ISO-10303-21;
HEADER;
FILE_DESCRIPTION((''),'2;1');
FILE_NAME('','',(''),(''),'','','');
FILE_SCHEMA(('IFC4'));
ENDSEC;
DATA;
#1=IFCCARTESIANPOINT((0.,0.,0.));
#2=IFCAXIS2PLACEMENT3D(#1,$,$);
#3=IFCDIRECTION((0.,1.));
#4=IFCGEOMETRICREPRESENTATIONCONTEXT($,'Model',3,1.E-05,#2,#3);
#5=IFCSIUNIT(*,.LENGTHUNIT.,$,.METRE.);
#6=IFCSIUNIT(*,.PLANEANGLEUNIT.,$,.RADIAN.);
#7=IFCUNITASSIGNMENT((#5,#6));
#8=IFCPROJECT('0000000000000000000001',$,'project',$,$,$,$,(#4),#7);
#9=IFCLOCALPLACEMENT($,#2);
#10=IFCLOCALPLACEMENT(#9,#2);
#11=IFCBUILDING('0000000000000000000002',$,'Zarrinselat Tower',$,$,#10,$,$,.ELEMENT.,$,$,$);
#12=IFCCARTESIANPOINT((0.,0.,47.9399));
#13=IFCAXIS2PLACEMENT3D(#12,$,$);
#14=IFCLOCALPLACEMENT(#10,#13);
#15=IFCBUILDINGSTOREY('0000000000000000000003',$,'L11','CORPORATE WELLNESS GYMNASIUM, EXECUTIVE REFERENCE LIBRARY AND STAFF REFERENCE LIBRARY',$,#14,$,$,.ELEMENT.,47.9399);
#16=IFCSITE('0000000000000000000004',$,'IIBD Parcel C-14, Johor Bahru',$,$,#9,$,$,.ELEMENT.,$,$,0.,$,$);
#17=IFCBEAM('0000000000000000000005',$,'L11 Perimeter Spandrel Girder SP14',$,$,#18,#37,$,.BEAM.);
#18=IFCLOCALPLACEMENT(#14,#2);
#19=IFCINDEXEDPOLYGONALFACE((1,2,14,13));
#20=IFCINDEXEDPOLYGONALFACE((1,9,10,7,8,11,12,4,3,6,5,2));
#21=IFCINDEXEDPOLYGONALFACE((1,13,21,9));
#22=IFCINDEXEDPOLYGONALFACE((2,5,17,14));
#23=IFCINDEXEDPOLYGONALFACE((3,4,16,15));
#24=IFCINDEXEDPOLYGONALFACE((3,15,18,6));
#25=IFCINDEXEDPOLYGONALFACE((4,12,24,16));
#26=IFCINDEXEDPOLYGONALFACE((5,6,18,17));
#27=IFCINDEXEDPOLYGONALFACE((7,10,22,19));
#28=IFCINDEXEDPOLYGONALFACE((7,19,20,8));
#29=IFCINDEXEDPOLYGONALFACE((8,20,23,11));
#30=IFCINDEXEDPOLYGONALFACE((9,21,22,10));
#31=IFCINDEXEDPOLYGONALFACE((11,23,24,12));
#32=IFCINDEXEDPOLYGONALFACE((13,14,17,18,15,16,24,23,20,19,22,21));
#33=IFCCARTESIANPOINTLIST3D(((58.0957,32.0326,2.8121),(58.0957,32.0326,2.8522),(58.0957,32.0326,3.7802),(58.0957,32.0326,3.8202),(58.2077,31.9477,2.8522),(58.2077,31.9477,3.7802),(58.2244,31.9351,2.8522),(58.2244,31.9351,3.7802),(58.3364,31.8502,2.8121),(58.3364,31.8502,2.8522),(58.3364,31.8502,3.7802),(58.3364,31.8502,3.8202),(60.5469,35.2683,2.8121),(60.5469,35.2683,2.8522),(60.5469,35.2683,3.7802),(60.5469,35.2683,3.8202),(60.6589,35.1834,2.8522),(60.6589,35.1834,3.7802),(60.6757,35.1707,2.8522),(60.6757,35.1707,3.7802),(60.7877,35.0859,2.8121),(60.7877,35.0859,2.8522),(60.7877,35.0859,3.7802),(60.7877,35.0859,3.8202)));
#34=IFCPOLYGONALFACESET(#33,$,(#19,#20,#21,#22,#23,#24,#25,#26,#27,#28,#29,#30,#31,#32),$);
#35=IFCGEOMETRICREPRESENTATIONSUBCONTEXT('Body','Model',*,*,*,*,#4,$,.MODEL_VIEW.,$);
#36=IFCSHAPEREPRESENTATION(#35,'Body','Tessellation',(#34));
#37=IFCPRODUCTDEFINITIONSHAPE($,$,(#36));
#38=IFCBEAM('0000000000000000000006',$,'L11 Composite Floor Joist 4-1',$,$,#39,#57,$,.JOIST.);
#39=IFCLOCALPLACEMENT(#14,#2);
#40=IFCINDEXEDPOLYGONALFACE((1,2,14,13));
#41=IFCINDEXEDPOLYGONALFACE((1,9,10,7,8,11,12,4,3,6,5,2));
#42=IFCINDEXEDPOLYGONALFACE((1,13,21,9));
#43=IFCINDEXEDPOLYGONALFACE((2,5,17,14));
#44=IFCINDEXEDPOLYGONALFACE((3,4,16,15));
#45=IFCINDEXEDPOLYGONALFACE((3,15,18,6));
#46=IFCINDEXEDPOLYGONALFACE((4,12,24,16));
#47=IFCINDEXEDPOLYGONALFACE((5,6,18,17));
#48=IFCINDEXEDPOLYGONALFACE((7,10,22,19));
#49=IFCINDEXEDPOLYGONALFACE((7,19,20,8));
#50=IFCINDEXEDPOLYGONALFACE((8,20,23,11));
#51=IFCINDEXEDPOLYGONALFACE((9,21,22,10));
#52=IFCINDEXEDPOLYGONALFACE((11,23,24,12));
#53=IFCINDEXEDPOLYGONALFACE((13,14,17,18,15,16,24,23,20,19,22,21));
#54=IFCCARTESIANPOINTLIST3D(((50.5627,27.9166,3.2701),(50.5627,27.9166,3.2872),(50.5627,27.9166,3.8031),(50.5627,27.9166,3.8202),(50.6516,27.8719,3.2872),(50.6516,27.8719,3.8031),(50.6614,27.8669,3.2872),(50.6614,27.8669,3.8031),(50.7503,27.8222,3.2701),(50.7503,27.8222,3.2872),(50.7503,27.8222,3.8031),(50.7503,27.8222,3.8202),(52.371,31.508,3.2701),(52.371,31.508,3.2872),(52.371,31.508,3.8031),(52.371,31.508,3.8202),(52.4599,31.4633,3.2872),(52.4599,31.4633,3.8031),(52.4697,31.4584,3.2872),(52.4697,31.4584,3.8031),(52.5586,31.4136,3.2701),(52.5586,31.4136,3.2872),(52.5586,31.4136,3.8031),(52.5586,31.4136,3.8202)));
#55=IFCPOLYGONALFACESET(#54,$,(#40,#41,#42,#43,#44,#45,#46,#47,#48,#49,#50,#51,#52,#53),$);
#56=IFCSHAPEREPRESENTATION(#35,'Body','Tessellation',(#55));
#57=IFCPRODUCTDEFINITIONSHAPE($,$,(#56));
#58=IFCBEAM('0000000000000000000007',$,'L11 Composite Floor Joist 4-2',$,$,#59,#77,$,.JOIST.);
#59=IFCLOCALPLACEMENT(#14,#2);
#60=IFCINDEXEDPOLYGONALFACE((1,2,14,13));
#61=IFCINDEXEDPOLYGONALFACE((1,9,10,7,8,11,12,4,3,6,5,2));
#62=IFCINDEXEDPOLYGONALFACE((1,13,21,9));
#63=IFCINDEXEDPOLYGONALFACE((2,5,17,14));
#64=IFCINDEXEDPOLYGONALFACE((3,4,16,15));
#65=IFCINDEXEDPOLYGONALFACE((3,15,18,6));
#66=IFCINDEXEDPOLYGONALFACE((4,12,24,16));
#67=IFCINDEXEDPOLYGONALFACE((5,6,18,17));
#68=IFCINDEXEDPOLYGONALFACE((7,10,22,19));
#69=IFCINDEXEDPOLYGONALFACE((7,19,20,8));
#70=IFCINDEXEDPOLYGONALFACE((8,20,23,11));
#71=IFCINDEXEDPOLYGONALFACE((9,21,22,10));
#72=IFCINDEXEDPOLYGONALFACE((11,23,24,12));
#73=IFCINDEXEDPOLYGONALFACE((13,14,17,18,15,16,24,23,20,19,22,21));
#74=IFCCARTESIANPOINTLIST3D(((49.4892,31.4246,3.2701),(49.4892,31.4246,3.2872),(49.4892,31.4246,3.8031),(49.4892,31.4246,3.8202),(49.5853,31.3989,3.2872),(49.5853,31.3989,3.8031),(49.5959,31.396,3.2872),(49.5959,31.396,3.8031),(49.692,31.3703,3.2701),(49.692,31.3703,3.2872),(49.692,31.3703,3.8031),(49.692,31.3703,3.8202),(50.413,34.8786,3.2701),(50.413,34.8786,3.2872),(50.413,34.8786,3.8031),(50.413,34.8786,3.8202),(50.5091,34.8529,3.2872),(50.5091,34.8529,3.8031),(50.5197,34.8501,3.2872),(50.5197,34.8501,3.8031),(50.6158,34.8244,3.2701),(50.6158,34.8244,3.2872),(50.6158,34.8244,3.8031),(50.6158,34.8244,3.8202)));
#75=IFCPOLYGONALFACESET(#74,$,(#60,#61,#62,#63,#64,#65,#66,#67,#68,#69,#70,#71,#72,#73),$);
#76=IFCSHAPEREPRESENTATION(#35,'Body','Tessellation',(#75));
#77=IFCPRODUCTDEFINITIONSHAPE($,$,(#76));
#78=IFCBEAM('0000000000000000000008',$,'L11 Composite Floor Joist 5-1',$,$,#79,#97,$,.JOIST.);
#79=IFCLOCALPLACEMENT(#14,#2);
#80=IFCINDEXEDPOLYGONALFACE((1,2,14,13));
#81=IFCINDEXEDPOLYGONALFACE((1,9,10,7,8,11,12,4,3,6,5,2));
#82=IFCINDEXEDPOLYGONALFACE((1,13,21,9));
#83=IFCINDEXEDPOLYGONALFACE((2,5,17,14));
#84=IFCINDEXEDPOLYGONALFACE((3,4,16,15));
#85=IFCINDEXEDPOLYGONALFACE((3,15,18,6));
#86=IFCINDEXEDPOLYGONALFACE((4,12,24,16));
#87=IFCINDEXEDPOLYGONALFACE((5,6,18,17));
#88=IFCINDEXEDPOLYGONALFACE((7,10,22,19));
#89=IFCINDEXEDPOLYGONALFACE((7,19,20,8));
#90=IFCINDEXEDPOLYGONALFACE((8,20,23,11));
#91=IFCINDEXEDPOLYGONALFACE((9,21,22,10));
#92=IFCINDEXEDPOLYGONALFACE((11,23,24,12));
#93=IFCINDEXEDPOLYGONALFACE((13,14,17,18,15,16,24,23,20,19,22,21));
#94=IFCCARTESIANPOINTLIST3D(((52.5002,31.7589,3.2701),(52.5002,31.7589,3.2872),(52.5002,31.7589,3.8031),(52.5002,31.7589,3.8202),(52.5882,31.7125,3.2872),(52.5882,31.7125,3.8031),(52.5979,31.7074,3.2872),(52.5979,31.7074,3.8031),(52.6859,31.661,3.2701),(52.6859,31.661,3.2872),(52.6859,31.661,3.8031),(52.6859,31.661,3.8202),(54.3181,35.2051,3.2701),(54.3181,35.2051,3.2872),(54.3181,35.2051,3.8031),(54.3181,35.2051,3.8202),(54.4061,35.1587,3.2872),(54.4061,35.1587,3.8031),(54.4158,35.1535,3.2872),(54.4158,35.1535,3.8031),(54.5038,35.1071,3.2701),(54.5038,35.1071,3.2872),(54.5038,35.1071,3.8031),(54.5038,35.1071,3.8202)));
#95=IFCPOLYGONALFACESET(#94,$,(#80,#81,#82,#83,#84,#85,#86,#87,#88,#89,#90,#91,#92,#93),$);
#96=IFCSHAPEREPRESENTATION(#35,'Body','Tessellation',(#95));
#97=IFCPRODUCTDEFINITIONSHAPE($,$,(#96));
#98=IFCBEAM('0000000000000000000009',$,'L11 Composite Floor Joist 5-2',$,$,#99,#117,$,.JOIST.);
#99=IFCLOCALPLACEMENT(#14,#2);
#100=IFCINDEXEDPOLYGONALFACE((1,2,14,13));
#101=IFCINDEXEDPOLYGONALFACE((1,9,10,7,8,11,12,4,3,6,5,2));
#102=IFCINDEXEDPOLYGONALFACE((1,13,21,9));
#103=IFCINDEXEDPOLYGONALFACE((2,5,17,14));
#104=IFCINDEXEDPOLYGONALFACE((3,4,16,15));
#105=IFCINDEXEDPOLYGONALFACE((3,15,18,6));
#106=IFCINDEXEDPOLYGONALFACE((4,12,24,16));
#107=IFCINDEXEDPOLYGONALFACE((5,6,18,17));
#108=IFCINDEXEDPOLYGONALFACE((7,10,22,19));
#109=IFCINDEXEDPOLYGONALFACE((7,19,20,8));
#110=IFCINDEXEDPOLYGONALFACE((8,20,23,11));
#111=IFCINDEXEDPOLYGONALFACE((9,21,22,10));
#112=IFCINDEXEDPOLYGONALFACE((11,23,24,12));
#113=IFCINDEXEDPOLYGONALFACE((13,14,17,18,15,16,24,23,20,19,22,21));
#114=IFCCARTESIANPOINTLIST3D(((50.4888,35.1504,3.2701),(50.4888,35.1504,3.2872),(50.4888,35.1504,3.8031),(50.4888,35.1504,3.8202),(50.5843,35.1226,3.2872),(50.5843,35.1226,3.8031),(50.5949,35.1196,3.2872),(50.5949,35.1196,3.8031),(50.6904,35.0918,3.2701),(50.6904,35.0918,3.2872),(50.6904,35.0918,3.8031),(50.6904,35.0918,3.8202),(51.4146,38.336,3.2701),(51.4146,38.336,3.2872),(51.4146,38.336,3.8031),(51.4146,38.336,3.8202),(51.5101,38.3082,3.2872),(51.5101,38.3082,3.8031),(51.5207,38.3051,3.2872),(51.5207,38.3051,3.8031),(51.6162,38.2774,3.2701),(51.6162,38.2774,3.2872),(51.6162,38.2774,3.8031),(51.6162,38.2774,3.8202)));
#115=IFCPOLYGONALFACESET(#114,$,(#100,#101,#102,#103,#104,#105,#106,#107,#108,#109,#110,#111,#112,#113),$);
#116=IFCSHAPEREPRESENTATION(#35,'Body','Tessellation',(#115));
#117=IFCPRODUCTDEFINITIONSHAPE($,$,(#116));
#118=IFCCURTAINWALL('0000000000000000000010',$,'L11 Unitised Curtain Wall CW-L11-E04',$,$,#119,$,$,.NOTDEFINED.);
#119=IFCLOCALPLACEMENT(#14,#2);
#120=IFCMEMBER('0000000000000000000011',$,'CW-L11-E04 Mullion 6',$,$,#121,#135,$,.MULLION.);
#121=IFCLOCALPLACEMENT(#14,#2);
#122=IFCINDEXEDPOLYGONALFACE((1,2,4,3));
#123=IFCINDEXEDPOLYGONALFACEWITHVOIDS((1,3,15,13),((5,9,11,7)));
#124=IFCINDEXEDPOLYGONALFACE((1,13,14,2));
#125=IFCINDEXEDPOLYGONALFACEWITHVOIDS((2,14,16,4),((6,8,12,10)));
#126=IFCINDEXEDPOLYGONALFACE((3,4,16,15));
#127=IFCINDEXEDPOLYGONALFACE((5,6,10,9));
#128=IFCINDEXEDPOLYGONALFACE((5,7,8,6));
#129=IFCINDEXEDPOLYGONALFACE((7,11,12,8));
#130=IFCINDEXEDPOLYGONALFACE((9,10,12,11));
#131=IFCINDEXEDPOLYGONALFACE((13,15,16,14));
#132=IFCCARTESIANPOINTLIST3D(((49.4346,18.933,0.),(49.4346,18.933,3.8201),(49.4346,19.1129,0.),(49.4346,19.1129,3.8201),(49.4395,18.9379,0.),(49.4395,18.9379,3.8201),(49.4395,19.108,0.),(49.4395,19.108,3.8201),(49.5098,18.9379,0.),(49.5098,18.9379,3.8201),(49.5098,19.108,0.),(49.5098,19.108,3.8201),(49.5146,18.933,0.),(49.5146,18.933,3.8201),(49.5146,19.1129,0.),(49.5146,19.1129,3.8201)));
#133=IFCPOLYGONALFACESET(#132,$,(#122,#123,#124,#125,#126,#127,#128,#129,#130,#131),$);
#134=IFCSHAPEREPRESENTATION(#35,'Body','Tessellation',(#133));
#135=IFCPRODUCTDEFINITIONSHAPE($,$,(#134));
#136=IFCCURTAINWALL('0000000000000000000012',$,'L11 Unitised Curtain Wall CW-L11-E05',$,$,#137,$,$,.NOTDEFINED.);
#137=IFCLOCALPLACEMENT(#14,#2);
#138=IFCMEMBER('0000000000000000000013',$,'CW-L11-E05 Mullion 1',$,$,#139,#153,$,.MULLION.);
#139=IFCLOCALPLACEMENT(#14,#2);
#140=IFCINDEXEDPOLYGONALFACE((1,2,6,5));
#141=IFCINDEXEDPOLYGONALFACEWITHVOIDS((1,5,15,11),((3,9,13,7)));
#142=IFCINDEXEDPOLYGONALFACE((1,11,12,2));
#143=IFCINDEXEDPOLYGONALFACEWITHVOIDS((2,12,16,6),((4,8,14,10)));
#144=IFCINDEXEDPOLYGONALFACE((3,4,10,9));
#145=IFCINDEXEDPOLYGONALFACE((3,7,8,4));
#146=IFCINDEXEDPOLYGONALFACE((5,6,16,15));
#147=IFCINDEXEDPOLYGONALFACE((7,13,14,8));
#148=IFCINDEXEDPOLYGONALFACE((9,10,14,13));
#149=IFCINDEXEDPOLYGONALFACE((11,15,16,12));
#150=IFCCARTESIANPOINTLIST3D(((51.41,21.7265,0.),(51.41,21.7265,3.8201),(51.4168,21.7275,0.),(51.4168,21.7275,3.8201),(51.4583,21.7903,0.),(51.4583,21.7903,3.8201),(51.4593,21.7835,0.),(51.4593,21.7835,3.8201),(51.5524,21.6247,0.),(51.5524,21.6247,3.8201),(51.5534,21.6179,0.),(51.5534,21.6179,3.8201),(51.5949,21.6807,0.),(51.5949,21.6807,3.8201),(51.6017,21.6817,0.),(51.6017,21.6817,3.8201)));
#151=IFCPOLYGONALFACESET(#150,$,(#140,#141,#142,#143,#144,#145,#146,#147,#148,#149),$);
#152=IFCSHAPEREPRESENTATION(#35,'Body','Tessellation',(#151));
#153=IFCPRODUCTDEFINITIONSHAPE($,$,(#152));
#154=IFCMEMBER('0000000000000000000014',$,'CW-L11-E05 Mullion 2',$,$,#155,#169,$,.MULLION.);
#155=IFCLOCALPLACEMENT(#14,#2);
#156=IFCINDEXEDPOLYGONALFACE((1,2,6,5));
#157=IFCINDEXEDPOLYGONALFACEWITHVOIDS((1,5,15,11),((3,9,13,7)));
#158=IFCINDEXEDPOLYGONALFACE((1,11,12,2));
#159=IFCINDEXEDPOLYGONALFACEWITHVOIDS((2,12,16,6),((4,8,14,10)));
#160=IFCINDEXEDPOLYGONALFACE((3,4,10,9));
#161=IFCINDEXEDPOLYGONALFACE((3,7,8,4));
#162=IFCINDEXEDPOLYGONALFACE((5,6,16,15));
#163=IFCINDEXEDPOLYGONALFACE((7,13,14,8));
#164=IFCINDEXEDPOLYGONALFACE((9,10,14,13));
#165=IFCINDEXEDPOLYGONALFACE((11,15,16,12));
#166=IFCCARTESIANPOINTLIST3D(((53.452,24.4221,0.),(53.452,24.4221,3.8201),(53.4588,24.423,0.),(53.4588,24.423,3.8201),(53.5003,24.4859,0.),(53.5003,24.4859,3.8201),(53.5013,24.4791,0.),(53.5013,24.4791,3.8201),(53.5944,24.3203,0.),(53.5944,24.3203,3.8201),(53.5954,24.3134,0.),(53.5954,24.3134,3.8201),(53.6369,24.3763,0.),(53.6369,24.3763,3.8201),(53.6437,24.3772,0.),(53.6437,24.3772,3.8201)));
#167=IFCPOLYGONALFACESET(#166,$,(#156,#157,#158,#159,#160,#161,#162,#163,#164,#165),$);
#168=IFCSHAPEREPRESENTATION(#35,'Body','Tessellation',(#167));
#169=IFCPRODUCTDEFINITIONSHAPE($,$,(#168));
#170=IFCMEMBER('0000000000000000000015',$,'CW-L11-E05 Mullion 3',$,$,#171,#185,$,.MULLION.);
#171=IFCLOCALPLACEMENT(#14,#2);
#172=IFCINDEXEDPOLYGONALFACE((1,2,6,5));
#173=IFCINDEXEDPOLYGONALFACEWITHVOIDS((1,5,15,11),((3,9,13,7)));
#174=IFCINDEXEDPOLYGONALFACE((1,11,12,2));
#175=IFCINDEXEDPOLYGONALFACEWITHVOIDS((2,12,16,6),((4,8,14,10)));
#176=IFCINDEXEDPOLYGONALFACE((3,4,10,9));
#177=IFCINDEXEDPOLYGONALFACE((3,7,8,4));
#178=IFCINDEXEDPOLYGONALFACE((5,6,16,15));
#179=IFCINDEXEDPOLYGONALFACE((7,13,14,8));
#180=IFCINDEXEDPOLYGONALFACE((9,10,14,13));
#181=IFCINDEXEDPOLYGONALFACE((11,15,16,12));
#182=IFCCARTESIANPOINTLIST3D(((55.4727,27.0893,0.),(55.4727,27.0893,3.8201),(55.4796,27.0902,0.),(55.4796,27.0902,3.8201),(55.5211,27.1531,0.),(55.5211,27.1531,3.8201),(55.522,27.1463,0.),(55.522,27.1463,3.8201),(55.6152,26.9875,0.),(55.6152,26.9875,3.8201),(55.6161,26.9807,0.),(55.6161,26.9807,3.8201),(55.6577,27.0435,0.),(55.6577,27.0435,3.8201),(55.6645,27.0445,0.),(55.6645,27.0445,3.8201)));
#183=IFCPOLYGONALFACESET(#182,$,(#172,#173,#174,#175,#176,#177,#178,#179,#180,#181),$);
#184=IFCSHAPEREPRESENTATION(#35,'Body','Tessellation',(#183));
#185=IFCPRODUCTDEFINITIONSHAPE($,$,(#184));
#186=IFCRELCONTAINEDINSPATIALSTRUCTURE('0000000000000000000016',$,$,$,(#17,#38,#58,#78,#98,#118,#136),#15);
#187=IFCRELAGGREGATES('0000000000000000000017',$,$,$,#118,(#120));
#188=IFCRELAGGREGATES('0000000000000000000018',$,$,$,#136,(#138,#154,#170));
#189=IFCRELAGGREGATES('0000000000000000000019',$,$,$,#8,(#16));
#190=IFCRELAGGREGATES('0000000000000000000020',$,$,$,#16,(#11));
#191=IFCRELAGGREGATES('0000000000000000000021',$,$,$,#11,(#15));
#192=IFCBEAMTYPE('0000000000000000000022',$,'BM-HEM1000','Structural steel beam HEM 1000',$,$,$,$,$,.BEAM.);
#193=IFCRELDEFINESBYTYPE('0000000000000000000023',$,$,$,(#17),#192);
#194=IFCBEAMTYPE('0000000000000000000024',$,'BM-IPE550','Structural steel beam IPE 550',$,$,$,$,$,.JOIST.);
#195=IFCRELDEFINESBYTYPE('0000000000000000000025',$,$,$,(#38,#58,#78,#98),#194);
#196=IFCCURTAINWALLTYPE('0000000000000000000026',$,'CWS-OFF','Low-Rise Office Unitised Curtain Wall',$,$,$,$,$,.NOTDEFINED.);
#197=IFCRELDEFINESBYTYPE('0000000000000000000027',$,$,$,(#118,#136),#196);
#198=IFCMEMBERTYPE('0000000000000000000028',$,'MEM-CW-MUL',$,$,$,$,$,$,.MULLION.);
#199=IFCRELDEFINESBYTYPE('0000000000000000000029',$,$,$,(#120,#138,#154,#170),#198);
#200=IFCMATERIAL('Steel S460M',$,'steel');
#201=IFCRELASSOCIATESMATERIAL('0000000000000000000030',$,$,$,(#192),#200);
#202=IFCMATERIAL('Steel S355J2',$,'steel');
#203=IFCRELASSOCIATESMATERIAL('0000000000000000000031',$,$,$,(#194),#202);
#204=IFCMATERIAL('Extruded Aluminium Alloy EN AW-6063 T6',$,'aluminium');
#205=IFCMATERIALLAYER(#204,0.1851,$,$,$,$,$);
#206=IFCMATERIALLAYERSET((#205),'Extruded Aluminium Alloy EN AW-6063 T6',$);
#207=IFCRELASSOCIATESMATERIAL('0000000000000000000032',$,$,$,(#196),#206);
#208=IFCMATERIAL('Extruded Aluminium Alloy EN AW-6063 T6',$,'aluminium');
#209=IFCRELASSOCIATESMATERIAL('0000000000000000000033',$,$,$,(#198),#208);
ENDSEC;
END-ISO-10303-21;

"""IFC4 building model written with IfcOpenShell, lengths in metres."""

from ifc_helpers import new_model, si_unit, direction, frame, origin, origin_2d, place, context, subcontext, project, spatial, hollow_rectangle, i_section, extrude, material, layer, layer_set, material_profile, profile_set, type_object, element, aggregate, save


model = new_model("IFC4")

# Units and contexts
model_context = context("Model", 3, precision=1e-05, world=origin(), true_north=direction((0.0, 1.0)))
body_context = subcontext(model_context, "Body", "Model", "MODEL_VIEW")
ifc_project = project(units=[si_unit("LENGTHUNIT", "METRE"), si_unit("PLANEANGLEUNIT", "RADIAN")], contexts=[model_context])

# Site, building, storey
site_placement = place(None, origin())
site = spatial("IfcSite", under=ifc_project, at=site_placement, Name="IIBD Parcel C-14, Johor Bahru", CompositionType="ELEMENT", RefElevation=0.0)
building_placement = place(site_placement, origin())
building = spatial("IfcBuilding", under=site, at=building_placement, Name="Zarrinselat Tower", CompositionType="ELEMENT")
storey_placement = place(building_placement, frame((0.0, 0.0, 47.9399)))
storey = spatial("IfcBuildingStorey", under=building, at=storey_placement, Name="L11", Description="CORPORATE WELLNESS GYMNASIUM, EXECUTIVE REFERENCE LIBRARY AND STAFF REFERENCE LIBRARY", CompositionType="ELEMENT", Elevation=47.9399)

# Beams
ifc_material_1 = material(Name="Steel S460M", Category="steel")
ifc_material_profile_1 = material_profile(ifc_material_1, i_section(OverallWidth=0.302, OverallDepth=1.0081, WebThickness=0.021, FlangeThickness=0.04, at=origin_2d()), Name="HEM 1000")
ifc_profile_set_1 = profile_set([ifc_material_profile_1], Name="Steel S460M")
beam_type_1 = type_object("IfcBeamType", Name="BM-HEM1000", Description="Structural steel beam HEM 1000", PredefinedType="BEAM", material=ifc_profile_set_1)
for number, where, z_axis, x_axis, name in (
    (1, (58.2161, 31.9414, 3.3162), (0.603852, 0.797097, 0.0), (-0.797097, 0.603852, 0.0), "L11 Perimeter Spandrel Girder SP14"),
):
    element("IfcBeam", number, at=place(storey_placement, frame(where, z_axis=z_axis, x_axis=x_axis)), inside=storey, type_object=beam_type_1, Name=name, PredefinedType="BEAM", context=body_context, shape_type="SweptSolid", body=[
        extrude(i_section(OverallWidth=0.302, OverallDepth=1.0081, WebThickness=0.021, FlangeThickness=0.04, at=origin_2d()), origin(), (0.0, 0.0, 1.0), 4.0593),
    ])
ifc_material_2 = material(Name="Steel S355J2", Category="steel")
ifc_material_profile_2 = material_profile(ifc_material_2, i_section(OverallWidth=0.21, OverallDepth=0.55, WebThickness=0.011, FlangeThickness=0.0171, at=origin_2d()), Name="IPE 550")
ifc_profile_set_2 = profile_set([ifc_material_profile_2], Name="Steel S355J2")
beam_type_2 = type_object("IfcBeamType", Name="BM-IPE550", Description="Structural steel beam IPE 550", PredefinedType="JOIST", material=ifc_profile_set_2)
beam_1_placement = place(storey_placement, frame((50.6565, 27.8694, 3.5452), z_axis=(0.449713, 0.893173, 0.0), x_axis=(-0.893173, 0.449713, 0.0)))
element("IfcBeam", 2, at=beam_1_placement, inside=storey, type_object=beam_type_2, Name="L11 Composite Floor Joist 4-1", PredefinedType="JOIST", context=body_context, shape_type="SweptSolid", body=[
    extrude(i_section(OverallWidth=0.21, OverallDepth=0.55, WebThickness=0.011, FlangeThickness=0.0171, at=origin_2d()), origin(), (0.0, 0.0, 1.0), 4.021),
])
beam_2_placement = place(storey_placement, frame((49.5906, 31.3975, 3.5452), z_axis=(0.258377, 0.966044, 0.0), x_axis=(-0.966044, 0.258377, 0.0)))
element("IfcBeam", 3, at=beam_2_placement, inside=storey, type_object=beam_type_2, Name="L11 Composite Floor Joist 4-2", PredefinedType="JOIST", context=body_context, shape_type="SweptSolid", body=[
    extrude(i_section(OverallWidth=0.21, OverallDepth=0.55, WebThickness=0.011, FlangeThickness=0.0171, at=origin_2d()), origin(), (0.0, 0.0, 1.0), 3.5754),
])
beam_3_placement = place(storey_placement, frame((52.593, 31.71, 3.5452), z_axis=(0.466583, 0.884477, 0.0), x_axis=(-0.884477, 0.466583, 0.0)))
element("IfcBeam", 4, at=beam_3_placement, inside=storey, type_object=beam_type_2, Name="L11 Composite Floor Joist 5-1", PredefinedType="JOIST", context=body_context, shape_type="SweptSolid", body=[
    extrude(i_section(OverallWidth=0.21, OverallDepth=0.55, WebThickness=0.011, FlangeThickness=0.0171, at=origin_2d()), origin(), (0.0, 0.0, 1.0), 3.8962),
])
beam_4_placement = place(storey_placement, frame((50.5896, 35.1211, 3.5452), z_axis=(0.279073, 0.96027, 0.0), x_axis=(-0.96027, 0.279073, 0.0)))
element("IfcBeam", 5, at=beam_4_placement, inside=storey, type_object=beam_type_2, Name="L11 Composite Floor Joist 5-2", PredefinedType="JOIST", context=body_context, shape_type="SweptSolid", body=[
    extrude(i_section(OverallWidth=0.21, OverallDepth=0.55, WebThickness=0.011, FlangeThickness=0.0171, at=origin_2d()), origin(), (0.0, 0.0, 1.0), 3.3174),
])

# Curtain wall, member
ifc_material_3 = material(Name="Extruded Aluminium Alloy EN AW-6063 T6", Category="aluminium")
ifc_layer_1 = layer(ifc_material_3, 0.1851)
ifc_layer_set_1 = layer_set([ifc_layer_1], Name="Extruded Aluminium Alloy EN AW-6063 T6")
curtain_wall_type = type_object("IfcCurtainWallType", Name="CWS-OFF", Description="Low-Rise Office Unitised Curtain Wall", PredefinedType="NOTDEFINED", material=ifc_layer_set_1)
curtain_wall_1_placement = place(storey_placement, origin())
curtain_wall_1 = element("IfcCurtainWall", 6, at=curtain_wall_1_placement, inside=storey, type_object=curtain_wall_type, Name="L11 Unitised Curtain Wall CW-L11-E04", PredefinedType="NOTDEFINED")
ifc_material_4 = material(Name="Extruded Aluminium Alloy EN AW-6063 T6", Category="aluminium")
ifc_material_profile_3 = material_profile(ifc_material_4, hollow_rectangle(XDim=0.0801, YDim=0.1799, WallThickness=0.0049, at=origin_2d()), Name="RHS 180x80x5")
ifc_profile_set_3 = profile_set([ifc_material_profile_3], Name="Extruded Aluminium Alloy EN AW-6063 T6")
member_type_1 = type_object("IfcMemberType", Name="MEM-CW-MUL", PredefinedType="MULLION", material=ifc_profile_set_3)
member_1_placement = place(storey_placement, frame((49.4746, 19.0229, 0.0), z_axis=(0.0, 0.0, 1.0), x_axis=(1.0, 0.0, 0.0)))
member_1 = element("IfcMember", 7, at=member_1_placement, type_object=member_type_1, Name="CW-L11-E04 Mullion 6", PredefinedType="MULLION", context=body_context, shape_type="SweptSolid", body=[
    extrude(hollow_rectangle(XDim=0.0801, YDim=0.1799, WallThickness=0.0049, at=origin_2d()), origin(), (0.0, 0.0, 1.0), 3.8201),
])
aggregate(curtain_wall_1, [member_1])

# Curtain wall, members
curtain_wall_2_placement = place(storey_placement, origin())
curtain_wall_2 = element("IfcCurtainWall", 8, at=curtain_wall_2_placement, inside=storey, type_object=curtain_wall_type, Name="L11 Unitised Curtain Wall CW-L11-E05", PredefinedType="NOTDEFINED")
member_2_placement = place(storey_placement, frame((51.5059, 21.7041, 0.0), z_axis=(0.0, 0.0, 1.0), x_axis=(0.603859, 0.797091, 0.0)))
member_2 = element("IfcMember", 9, at=member_2_placement, type_object=member_type_1, Name="CW-L11-E05 Mullion 1", PredefinedType="MULLION", context=body_context, shape_type="SweptSolid", body=[
    extrude(hollow_rectangle(XDim=0.0801, YDim=0.1799, WallThickness=0.0049, at=origin_2d()), origin(), (0.0, 0.0, 1.0), 3.8201),
])
member_3_placement = place(storey_placement, frame((53.5479, 24.3997, 0.0), z_axis=(0.0, 0.0, 1.0), x_axis=(0.603859, 0.797091, 0.0)))
member_3 = element("IfcMember", 10, at=member_3_placement, type_object=member_type_1, Name="CW-L11-E05 Mullion 2", PredefinedType="MULLION", context=body_context, shape_type="SweptSolid", body=[
    extrude(hollow_rectangle(XDim=0.0801, YDim=0.1799, WallThickness=0.0049, at=origin_2d()), origin(), (0.0, 0.0, 1.0), 3.8201),
])
member_4_placement = place(storey_placement, frame((55.5686, 27.0669, 0.0), z_axis=(0.0, 0.0, 1.0), x_axis=(0.603859, 0.797091, 0.0)))
member_4 = element("IfcMember", 11, at=member_4_placement, type_object=member_type_1, Name="CW-L11-E05 Mullion 3", PredefinedType="MULLION", context=body_context, shape_type="SweptSolid", body=[
    extrude(hollow_rectangle(XDim=0.0801, YDim=0.1799, WallThickness=0.0049, at=origin_2d()), origin(), (0.0, 0.0, 1.0), 3.8201),
])

aggregate(curtain_wall_2, [member_2, member_3, member_4])

save(model, "model.ifc")
